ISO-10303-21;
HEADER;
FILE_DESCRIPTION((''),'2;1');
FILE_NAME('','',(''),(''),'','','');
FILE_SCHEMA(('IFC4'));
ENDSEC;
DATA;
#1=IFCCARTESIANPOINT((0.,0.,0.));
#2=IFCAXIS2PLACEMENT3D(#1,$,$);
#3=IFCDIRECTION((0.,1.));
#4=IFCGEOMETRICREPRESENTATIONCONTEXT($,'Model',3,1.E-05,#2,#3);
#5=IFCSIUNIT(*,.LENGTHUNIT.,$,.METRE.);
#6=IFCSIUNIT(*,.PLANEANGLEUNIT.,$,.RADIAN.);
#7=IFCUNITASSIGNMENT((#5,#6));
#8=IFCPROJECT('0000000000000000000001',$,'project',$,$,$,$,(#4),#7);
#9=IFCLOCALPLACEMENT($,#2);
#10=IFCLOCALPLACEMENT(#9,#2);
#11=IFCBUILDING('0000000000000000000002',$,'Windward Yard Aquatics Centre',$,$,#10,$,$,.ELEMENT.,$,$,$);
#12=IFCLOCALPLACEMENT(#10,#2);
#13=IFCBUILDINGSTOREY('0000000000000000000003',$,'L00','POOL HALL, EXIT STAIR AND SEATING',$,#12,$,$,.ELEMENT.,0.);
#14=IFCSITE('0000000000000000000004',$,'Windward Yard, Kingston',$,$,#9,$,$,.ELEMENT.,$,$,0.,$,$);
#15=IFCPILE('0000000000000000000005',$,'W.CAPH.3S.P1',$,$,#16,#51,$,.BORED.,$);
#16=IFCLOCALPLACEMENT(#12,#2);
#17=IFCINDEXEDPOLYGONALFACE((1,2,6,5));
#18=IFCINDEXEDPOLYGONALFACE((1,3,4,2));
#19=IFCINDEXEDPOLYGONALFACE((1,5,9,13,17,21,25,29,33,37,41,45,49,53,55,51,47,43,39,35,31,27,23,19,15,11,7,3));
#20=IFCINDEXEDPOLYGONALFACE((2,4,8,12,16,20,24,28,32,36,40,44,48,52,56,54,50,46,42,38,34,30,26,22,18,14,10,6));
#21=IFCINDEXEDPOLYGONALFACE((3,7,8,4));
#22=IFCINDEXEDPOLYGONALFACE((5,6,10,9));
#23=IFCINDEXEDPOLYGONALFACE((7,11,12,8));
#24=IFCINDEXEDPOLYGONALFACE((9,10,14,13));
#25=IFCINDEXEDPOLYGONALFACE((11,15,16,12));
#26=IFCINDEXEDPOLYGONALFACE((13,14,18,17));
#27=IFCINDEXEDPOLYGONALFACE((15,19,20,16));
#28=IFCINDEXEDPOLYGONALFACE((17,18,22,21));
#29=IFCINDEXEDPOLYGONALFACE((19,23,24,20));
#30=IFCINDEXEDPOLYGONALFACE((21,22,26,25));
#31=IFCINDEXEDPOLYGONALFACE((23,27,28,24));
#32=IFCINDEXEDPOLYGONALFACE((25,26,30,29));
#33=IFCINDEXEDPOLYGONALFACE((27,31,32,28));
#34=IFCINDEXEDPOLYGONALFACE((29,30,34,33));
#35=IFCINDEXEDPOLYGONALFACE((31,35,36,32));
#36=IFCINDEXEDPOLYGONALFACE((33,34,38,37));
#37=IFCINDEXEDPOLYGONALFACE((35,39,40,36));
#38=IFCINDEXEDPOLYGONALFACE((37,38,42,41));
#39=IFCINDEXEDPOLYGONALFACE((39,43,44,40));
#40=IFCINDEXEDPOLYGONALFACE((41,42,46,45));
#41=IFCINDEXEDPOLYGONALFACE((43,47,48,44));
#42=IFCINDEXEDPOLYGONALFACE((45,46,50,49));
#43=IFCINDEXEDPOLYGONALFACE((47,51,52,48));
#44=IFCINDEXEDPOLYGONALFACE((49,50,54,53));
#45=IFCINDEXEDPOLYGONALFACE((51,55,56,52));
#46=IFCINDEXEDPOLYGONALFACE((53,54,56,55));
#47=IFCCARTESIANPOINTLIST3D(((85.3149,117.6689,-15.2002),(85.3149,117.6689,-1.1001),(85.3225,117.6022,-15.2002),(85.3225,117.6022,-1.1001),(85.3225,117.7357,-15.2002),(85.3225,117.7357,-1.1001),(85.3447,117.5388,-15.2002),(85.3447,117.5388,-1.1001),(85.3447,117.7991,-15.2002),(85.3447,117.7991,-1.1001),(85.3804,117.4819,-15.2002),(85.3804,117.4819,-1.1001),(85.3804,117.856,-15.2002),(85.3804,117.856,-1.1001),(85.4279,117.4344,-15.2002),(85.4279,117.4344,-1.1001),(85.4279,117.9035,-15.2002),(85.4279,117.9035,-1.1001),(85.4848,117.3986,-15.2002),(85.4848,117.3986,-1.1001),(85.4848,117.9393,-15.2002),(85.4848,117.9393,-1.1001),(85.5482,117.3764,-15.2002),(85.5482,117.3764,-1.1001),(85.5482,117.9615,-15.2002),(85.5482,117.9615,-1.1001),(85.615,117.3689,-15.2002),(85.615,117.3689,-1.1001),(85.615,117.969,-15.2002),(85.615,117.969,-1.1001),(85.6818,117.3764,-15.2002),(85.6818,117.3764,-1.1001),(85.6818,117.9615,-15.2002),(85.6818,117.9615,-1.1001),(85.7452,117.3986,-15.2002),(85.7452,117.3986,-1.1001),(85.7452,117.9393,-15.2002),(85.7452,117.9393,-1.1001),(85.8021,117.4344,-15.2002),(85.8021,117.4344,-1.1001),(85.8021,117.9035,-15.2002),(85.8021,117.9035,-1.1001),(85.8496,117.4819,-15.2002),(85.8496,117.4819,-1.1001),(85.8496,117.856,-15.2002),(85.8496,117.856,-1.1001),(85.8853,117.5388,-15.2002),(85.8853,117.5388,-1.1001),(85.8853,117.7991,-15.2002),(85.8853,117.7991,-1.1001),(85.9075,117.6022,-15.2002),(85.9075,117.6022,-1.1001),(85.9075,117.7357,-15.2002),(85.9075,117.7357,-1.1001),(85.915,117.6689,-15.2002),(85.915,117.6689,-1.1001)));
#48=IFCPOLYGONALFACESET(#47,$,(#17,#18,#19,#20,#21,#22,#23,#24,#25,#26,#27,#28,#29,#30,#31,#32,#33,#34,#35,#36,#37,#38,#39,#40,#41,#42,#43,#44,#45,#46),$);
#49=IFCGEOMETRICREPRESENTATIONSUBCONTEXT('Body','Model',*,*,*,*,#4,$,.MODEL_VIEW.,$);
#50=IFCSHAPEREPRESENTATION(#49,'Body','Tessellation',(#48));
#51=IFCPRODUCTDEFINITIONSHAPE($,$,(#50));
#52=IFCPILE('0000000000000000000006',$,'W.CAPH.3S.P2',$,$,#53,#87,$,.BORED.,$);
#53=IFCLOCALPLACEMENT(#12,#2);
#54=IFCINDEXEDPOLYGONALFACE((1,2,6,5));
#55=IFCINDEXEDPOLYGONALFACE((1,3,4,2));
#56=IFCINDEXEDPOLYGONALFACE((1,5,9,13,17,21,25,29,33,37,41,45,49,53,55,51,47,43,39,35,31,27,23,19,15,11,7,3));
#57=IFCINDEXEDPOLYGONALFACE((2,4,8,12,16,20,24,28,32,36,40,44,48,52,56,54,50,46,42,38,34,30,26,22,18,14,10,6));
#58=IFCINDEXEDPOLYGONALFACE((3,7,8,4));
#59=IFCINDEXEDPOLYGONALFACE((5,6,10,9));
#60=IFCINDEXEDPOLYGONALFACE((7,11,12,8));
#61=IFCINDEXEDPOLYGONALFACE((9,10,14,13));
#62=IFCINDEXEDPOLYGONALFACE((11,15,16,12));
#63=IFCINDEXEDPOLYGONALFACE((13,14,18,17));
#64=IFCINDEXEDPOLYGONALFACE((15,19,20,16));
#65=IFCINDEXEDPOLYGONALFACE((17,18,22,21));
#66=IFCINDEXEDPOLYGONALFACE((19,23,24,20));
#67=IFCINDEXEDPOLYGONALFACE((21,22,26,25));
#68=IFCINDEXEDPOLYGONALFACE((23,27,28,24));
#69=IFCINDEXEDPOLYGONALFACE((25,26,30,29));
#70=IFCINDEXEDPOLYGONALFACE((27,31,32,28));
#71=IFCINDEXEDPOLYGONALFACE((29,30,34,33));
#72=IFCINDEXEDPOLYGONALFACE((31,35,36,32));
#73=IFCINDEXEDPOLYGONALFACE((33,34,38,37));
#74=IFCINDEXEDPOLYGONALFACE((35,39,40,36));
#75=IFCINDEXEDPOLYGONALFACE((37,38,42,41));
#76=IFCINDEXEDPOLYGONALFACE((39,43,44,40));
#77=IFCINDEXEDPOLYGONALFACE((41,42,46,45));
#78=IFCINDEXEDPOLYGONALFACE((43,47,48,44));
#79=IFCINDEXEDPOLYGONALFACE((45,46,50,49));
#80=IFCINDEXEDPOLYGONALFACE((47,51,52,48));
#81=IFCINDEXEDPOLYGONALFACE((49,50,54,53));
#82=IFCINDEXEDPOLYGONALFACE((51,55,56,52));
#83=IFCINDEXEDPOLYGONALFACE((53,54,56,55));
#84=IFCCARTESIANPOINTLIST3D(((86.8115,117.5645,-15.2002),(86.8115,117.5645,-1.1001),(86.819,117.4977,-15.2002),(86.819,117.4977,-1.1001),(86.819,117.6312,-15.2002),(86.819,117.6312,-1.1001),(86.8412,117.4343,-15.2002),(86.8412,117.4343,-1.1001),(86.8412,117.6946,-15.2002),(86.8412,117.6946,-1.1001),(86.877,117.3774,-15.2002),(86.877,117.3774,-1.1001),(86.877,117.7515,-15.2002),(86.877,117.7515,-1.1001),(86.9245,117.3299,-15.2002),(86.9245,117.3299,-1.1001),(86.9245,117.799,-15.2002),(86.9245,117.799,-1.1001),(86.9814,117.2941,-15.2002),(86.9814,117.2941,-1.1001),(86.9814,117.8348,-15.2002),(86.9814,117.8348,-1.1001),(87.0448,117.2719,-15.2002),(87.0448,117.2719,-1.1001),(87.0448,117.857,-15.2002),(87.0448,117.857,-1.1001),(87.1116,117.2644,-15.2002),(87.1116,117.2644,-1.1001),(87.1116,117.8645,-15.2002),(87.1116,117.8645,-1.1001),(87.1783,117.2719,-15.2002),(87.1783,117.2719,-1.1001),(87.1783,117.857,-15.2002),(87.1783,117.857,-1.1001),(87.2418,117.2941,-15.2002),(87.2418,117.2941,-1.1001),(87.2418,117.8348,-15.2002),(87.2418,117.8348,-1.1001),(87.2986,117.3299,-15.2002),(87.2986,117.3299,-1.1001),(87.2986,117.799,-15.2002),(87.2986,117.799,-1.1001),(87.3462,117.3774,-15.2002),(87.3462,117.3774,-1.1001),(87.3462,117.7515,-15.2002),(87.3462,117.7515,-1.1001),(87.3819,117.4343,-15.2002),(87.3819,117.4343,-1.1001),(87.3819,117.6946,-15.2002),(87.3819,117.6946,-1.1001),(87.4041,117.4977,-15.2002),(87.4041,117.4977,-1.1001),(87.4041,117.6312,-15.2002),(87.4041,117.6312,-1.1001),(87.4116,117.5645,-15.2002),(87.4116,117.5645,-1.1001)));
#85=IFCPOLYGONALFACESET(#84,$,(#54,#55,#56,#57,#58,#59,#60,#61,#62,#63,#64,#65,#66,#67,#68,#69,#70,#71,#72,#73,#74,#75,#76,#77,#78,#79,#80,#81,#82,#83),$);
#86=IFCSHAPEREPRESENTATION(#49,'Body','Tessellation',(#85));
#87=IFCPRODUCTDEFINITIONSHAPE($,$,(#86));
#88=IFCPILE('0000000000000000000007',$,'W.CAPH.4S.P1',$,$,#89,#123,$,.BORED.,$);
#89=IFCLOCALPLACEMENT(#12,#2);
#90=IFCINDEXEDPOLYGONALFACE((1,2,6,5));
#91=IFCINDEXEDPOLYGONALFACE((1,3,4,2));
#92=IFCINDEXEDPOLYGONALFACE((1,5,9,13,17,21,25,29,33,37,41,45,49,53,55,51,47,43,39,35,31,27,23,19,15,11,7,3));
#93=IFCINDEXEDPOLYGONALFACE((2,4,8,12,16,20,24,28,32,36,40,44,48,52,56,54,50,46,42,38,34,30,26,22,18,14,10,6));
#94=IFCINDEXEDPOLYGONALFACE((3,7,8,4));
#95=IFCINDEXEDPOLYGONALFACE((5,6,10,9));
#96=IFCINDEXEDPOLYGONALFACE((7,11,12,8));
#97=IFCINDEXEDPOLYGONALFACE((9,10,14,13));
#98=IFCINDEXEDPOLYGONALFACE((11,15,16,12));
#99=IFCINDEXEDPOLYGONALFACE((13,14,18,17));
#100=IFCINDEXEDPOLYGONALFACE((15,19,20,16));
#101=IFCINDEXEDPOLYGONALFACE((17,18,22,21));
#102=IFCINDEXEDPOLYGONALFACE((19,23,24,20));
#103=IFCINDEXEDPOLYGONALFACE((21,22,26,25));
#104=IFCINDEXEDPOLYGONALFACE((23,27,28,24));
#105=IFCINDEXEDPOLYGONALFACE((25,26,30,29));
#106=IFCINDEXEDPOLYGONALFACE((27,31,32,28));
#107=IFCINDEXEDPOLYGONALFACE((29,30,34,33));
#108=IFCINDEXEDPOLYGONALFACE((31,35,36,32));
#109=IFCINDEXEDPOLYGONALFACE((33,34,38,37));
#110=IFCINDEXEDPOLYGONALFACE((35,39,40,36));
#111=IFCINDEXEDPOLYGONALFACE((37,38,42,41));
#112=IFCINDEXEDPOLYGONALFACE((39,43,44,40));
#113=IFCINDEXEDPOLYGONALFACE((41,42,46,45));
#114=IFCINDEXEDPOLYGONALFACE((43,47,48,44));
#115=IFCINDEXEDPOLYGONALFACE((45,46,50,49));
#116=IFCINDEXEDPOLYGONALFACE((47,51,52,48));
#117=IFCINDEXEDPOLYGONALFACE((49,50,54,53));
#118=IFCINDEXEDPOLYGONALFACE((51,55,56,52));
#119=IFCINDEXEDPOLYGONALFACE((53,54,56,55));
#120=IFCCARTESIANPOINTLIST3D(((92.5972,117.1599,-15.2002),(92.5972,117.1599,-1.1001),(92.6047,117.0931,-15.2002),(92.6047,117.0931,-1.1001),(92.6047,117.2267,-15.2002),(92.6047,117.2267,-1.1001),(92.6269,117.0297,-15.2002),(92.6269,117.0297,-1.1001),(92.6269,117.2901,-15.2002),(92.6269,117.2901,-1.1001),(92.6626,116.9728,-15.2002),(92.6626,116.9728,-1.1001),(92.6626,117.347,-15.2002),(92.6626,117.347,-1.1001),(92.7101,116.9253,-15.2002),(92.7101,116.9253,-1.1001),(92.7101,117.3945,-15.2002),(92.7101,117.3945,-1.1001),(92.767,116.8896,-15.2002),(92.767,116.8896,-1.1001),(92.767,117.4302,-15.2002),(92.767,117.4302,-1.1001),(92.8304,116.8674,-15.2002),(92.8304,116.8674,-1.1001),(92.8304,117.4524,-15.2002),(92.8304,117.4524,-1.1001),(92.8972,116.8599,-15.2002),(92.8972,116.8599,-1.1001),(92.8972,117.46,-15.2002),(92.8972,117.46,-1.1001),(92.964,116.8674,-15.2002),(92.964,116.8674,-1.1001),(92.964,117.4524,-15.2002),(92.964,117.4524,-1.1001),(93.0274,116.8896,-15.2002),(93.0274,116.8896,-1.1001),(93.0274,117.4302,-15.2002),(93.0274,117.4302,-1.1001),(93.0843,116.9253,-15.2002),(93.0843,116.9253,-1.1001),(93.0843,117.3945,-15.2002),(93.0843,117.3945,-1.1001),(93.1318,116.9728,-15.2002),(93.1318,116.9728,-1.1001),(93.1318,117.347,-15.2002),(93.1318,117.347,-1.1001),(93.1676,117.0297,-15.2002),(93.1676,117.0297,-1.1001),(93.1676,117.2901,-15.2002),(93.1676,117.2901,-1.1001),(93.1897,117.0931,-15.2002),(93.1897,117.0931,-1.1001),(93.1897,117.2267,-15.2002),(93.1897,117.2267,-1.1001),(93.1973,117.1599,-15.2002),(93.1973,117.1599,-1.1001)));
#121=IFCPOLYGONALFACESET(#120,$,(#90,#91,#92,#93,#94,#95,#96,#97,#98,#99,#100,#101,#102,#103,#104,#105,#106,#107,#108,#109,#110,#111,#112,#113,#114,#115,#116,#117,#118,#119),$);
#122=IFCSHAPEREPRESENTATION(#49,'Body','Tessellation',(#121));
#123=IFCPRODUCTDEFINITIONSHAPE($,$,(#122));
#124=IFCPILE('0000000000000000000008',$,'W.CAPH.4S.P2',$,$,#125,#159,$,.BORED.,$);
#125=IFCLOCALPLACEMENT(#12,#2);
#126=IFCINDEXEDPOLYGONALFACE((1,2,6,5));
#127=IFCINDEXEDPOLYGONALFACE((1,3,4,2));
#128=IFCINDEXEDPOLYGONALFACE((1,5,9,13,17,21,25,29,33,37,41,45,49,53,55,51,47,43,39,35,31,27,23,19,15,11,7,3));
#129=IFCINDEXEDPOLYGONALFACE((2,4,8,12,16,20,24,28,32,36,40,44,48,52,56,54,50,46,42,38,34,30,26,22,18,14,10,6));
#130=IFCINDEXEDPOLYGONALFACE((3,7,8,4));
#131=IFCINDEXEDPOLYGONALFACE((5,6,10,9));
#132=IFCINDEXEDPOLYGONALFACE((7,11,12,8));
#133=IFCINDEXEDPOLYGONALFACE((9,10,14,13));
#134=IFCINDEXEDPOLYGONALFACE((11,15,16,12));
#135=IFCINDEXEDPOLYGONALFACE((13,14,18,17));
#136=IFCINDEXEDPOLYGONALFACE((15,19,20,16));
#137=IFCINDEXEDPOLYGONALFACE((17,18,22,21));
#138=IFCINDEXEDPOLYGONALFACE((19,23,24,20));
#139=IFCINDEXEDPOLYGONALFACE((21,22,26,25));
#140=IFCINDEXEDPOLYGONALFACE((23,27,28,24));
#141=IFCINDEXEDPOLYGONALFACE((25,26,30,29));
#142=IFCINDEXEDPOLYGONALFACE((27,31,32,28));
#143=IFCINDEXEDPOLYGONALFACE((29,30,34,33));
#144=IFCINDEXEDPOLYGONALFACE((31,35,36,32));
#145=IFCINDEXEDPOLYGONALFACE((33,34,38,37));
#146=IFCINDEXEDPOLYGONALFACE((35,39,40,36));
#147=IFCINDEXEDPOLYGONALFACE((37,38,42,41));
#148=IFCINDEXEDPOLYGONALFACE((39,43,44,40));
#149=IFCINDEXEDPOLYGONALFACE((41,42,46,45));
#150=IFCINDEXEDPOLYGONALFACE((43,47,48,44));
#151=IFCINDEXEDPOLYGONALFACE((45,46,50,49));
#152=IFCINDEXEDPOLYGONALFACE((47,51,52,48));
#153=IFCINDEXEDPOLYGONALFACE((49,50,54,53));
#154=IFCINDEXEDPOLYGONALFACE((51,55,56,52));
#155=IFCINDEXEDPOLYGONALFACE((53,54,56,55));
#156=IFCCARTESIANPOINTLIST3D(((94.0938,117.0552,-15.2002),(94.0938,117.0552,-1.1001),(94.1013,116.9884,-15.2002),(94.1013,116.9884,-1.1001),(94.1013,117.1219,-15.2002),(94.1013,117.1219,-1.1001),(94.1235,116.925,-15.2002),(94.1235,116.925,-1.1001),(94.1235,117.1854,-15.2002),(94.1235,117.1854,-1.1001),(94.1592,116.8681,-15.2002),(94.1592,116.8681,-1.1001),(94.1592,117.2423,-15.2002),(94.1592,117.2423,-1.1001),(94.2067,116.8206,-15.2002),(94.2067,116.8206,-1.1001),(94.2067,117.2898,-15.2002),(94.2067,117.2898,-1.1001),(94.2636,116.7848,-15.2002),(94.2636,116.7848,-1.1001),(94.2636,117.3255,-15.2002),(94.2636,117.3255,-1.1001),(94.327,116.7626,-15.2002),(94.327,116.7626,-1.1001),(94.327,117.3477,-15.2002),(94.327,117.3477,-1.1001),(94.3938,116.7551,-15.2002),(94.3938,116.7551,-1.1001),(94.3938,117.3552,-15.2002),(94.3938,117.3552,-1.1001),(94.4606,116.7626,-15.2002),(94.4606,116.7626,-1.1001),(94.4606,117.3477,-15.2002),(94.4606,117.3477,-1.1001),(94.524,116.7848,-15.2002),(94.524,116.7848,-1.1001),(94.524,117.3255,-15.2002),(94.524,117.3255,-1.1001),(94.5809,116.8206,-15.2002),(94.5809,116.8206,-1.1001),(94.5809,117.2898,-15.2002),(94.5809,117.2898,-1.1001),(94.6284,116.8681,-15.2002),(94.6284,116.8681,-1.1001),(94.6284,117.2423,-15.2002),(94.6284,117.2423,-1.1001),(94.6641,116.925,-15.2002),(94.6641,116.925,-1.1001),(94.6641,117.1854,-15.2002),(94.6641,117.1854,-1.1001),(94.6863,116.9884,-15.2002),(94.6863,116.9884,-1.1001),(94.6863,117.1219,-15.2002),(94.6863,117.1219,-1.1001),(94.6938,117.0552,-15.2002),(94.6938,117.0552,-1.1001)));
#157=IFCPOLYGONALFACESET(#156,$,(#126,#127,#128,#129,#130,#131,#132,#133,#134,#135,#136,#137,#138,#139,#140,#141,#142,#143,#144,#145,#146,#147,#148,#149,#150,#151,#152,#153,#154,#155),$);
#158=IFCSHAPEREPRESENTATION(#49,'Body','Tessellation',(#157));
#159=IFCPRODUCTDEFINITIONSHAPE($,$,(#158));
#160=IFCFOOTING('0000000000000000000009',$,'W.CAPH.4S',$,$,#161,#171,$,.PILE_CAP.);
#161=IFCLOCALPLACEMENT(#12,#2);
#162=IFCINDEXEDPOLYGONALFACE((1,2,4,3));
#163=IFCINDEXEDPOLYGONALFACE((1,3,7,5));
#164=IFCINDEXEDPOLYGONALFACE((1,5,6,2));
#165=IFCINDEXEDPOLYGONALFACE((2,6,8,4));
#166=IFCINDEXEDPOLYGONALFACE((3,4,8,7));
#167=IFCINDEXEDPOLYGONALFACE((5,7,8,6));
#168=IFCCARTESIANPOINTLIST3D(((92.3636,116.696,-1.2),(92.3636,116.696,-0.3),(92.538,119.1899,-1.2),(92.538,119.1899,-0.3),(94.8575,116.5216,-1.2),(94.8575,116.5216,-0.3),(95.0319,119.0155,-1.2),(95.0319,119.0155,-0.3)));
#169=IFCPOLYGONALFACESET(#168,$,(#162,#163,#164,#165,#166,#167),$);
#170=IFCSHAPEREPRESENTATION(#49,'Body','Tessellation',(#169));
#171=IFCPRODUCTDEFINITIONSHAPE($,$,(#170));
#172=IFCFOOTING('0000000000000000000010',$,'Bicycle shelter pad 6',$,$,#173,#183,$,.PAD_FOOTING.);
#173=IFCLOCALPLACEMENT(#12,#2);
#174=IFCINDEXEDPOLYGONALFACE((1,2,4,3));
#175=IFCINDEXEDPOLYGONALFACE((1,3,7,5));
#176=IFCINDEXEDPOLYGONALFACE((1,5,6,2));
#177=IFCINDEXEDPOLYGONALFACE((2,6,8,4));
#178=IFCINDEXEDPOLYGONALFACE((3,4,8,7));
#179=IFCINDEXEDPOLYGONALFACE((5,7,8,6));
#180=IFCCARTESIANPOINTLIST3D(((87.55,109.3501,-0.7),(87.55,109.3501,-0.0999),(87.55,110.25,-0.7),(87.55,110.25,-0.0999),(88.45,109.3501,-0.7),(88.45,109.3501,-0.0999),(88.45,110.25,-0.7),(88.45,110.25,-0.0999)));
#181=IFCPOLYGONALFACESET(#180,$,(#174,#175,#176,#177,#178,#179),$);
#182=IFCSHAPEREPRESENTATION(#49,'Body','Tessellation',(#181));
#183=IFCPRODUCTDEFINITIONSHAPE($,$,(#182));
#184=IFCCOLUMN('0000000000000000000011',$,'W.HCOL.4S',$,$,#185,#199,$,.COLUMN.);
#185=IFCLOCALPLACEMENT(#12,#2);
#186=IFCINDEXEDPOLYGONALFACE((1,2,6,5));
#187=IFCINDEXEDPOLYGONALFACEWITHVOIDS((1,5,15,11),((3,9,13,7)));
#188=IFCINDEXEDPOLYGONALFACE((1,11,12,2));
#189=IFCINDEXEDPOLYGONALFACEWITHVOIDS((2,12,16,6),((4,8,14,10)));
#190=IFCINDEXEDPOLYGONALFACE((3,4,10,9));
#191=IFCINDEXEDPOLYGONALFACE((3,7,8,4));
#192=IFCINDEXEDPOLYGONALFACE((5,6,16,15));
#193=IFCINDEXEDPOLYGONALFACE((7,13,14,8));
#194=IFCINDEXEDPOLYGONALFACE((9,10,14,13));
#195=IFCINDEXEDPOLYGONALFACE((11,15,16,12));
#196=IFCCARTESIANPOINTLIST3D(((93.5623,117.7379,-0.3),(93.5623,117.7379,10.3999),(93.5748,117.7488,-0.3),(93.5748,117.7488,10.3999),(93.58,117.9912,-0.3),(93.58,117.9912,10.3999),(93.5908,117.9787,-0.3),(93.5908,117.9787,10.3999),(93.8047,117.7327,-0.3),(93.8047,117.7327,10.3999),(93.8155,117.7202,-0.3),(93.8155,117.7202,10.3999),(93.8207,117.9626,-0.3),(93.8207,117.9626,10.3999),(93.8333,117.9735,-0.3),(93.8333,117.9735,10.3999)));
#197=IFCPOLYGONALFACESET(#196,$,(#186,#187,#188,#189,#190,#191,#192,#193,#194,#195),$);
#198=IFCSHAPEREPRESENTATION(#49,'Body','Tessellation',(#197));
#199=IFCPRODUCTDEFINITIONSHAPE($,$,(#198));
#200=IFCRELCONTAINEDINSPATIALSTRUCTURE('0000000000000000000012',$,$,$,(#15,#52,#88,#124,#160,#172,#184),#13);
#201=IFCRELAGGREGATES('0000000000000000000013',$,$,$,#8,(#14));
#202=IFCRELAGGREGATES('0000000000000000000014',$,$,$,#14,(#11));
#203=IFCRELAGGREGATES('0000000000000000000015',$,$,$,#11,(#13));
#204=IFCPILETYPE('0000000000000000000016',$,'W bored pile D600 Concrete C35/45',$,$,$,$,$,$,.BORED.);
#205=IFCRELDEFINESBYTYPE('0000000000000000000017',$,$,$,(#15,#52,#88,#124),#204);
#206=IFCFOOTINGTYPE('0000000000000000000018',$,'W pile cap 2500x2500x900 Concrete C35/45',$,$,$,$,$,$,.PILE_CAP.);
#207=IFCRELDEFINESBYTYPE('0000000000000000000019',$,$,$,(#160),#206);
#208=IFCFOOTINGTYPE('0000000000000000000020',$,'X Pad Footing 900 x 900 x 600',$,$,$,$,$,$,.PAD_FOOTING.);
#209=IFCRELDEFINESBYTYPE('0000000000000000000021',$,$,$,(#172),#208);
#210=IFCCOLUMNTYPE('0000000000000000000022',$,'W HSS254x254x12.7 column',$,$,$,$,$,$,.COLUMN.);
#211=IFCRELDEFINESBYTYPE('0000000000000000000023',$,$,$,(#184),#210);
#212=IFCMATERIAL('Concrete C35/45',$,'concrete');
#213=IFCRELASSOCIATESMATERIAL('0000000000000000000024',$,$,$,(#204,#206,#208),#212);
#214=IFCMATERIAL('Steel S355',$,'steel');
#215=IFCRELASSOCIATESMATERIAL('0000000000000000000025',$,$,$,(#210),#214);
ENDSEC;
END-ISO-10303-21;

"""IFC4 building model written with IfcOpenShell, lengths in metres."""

from ifc_helpers import new_model, si_unit, direction, frame, origin, origin_2d, place, context, subcontext, project, spatial, rectangle, hollow_rectangle, circle, extrude, material, material_profile, profile_set, type_object, element, save


model = new_model("IFC4")

# Units and contexts
model_context = context("Model", 3, precision=1e-05, world=origin(), true_north=direction((0.0, 1.0)))
body_context = subcontext(model_context, "Body", "Model", "MODEL_VIEW")
ifc_project = project(units=[si_unit("LENGTHUNIT", "METRE"), si_unit("PLANEANGLEUNIT", "RADIAN")], contexts=[model_context])

# Site, building, storey
site_placement = place(None, origin())
site = spatial("IfcSite", under=ifc_project, at=site_placement, Name="Windward Yard, Kingston", CompositionType="ELEMENT", RefElevation=0.0)
building_placement = place(site_placement, origin())
building = spatial("IfcBuilding", under=site, at=building_placement, Name="Windward Yard Aquatics Centre", CompositionType="ELEMENT")
storey_placement = place(building_placement, origin())
storey = spatial("IfcBuildingStorey", under=building, at=storey_placement, Name="L00", Description="POOL HALL, EXIT STAIR AND SEATING", CompositionType="ELEMENT", Elevation=0.0)

# Piles
ifc_material_1 = material(Name="Concrete C35/45", Category="concrete")
ifc_material_profile_1 = material_profile(ifc_material_1, circle(Radius=0.3, at=origin_2d()), Name="D600")
ifc_profile_set_1 = profile_set([ifc_material_profile_1], Name="Concrete C35/45")
pile_type = type_object("IfcPileType", Name="W bored pile D600 Concrete C35/45", PredefinedType="BORED", material=ifc_profile_set_1)
for number, where, z_axis, x_axis, name in (
    (1, (85.615, 117.6689, -1.1001), (0.0, 0.0, -1.0), (1.0, 0.0, 0.0), "W.CAPH.3S.P1"),
    (2, (87.1116, 117.5645, -1.1001), (0.0, 0.0, -1.0), (1.0, 0.0, 0.0), "W.CAPH.3S.P2"),
    (3, (92.8972, 117.1599, -1.1001), (0.0, 0.0, -1.0), (1.0, 0.0, 0.0), "W.CAPH.4S.P1"),
    (4, (94.3938, 117.0552, -1.1001), (0.0, 0.0, -1.0), (1.0, 0.0, 0.0), "W.CAPH.4S.P2"),
):
    element("IfcPile", number, at=place(storey_placement, frame(where, z_axis=z_axis, x_axis=x_axis)), inside=storey, type_object=pile_type, Name=name, PredefinedType="BORED", context=body_context, shape_type="SweptSolid", body=[
        extrude(circle(Radius=0.3, at=origin_2d()), origin(), (0.0, 0.0, 1.0), 14.1001),
    ])

# Footings
footing_type_1 = type_object("IfcFootingType", Name="W pile cap 2500x2500x900 Concrete C35/45", PredefinedType="PILE_CAP", material=ifc_material_1)
footing_1_placement = place(storey_placement, frame((93.6978, 117.8557, -1.2), z_axis=(0.0, 0.0, 1.0), x_axis=(0.997564, -0.069756, 0.0)))
element("IfcFooting", 5, at=footing_1_placement, inside=storey, type_object=footing_type_1, Name="W.CAPH.4S", PredefinedType="PILE_CAP", context=body_context, shape_type="SweptSolid", body=[
    extrude(rectangle(XDim=2.5, YDim=2.5, at=origin_2d()), origin(), (0.0, 0.0, 1.0), 0.8999),
])
footing_type_2 = type_object("IfcFootingType", Name="X Pad Footing 900 x 900 x 600", PredefinedType="PAD_FOOTING", material=ifc_material_1)
footing_2_placement = place(storey_placement, frame((88.0, 109.8, -0.7), z_axis=(0.0, 0.0, 1.0), x_axis=(1.0, 0.0, 0.0)))
element("IfcFooting", 6, at=footing_2_placement, inside=storey, type_object=footing_type_2, Name="Bicycle shelter pad 6", PredefinedType="PAD_FOOTING", context=body_context, shape_type="SweptSolid", body=[
    extrude(rectangle(XDim=0.8999, YDim=0.8999, at=origin_2d()), origin(), (0.0, 0.0, 1.0), 0.6001),
])

# Column
ifc_material_2 = material(Name="Steel S355", Category="steel")
ifc_material_profile_2 = material_profile(ifc_material_2, hollow_rectangle(XDim=0.2539, YDim=0.2539, WallThickness=0.0117, at=origin_2d()), Name="HSS254x254x12.7")
ifc_profile_set_2 = profile_set([ifc_material_profile_2], Name="Steel S355")
column_type_1 = type_object("IfcColumnType", Name="W HSS254x254x12.7 column", PredefinedType="COLUMN", material=ifc_profile_set_2)
column_placement = place(storey_placement, frame((93.6978, 117.8557, -0.3), z_axis=(0.0, 0.0, 1.0), x_axis=(0.997564, -0.069756, 0.0)))
element("IfcColumn", 7, at=column_placement, inside=storey, type_object=column_type_1, Name="W.HCOL.4S", PredefinedType="COLUMN", context=body_context, shape_type="SweptSolid", body=[
    extrude(hollow_rectangle(XDim=0.2539, YDim=0.2539, WallThickness=0.0117, at=origin_2d()), origin(), (0.0, 0.0, 1.0), 10.7),
])

save(model, "model.ifc")
